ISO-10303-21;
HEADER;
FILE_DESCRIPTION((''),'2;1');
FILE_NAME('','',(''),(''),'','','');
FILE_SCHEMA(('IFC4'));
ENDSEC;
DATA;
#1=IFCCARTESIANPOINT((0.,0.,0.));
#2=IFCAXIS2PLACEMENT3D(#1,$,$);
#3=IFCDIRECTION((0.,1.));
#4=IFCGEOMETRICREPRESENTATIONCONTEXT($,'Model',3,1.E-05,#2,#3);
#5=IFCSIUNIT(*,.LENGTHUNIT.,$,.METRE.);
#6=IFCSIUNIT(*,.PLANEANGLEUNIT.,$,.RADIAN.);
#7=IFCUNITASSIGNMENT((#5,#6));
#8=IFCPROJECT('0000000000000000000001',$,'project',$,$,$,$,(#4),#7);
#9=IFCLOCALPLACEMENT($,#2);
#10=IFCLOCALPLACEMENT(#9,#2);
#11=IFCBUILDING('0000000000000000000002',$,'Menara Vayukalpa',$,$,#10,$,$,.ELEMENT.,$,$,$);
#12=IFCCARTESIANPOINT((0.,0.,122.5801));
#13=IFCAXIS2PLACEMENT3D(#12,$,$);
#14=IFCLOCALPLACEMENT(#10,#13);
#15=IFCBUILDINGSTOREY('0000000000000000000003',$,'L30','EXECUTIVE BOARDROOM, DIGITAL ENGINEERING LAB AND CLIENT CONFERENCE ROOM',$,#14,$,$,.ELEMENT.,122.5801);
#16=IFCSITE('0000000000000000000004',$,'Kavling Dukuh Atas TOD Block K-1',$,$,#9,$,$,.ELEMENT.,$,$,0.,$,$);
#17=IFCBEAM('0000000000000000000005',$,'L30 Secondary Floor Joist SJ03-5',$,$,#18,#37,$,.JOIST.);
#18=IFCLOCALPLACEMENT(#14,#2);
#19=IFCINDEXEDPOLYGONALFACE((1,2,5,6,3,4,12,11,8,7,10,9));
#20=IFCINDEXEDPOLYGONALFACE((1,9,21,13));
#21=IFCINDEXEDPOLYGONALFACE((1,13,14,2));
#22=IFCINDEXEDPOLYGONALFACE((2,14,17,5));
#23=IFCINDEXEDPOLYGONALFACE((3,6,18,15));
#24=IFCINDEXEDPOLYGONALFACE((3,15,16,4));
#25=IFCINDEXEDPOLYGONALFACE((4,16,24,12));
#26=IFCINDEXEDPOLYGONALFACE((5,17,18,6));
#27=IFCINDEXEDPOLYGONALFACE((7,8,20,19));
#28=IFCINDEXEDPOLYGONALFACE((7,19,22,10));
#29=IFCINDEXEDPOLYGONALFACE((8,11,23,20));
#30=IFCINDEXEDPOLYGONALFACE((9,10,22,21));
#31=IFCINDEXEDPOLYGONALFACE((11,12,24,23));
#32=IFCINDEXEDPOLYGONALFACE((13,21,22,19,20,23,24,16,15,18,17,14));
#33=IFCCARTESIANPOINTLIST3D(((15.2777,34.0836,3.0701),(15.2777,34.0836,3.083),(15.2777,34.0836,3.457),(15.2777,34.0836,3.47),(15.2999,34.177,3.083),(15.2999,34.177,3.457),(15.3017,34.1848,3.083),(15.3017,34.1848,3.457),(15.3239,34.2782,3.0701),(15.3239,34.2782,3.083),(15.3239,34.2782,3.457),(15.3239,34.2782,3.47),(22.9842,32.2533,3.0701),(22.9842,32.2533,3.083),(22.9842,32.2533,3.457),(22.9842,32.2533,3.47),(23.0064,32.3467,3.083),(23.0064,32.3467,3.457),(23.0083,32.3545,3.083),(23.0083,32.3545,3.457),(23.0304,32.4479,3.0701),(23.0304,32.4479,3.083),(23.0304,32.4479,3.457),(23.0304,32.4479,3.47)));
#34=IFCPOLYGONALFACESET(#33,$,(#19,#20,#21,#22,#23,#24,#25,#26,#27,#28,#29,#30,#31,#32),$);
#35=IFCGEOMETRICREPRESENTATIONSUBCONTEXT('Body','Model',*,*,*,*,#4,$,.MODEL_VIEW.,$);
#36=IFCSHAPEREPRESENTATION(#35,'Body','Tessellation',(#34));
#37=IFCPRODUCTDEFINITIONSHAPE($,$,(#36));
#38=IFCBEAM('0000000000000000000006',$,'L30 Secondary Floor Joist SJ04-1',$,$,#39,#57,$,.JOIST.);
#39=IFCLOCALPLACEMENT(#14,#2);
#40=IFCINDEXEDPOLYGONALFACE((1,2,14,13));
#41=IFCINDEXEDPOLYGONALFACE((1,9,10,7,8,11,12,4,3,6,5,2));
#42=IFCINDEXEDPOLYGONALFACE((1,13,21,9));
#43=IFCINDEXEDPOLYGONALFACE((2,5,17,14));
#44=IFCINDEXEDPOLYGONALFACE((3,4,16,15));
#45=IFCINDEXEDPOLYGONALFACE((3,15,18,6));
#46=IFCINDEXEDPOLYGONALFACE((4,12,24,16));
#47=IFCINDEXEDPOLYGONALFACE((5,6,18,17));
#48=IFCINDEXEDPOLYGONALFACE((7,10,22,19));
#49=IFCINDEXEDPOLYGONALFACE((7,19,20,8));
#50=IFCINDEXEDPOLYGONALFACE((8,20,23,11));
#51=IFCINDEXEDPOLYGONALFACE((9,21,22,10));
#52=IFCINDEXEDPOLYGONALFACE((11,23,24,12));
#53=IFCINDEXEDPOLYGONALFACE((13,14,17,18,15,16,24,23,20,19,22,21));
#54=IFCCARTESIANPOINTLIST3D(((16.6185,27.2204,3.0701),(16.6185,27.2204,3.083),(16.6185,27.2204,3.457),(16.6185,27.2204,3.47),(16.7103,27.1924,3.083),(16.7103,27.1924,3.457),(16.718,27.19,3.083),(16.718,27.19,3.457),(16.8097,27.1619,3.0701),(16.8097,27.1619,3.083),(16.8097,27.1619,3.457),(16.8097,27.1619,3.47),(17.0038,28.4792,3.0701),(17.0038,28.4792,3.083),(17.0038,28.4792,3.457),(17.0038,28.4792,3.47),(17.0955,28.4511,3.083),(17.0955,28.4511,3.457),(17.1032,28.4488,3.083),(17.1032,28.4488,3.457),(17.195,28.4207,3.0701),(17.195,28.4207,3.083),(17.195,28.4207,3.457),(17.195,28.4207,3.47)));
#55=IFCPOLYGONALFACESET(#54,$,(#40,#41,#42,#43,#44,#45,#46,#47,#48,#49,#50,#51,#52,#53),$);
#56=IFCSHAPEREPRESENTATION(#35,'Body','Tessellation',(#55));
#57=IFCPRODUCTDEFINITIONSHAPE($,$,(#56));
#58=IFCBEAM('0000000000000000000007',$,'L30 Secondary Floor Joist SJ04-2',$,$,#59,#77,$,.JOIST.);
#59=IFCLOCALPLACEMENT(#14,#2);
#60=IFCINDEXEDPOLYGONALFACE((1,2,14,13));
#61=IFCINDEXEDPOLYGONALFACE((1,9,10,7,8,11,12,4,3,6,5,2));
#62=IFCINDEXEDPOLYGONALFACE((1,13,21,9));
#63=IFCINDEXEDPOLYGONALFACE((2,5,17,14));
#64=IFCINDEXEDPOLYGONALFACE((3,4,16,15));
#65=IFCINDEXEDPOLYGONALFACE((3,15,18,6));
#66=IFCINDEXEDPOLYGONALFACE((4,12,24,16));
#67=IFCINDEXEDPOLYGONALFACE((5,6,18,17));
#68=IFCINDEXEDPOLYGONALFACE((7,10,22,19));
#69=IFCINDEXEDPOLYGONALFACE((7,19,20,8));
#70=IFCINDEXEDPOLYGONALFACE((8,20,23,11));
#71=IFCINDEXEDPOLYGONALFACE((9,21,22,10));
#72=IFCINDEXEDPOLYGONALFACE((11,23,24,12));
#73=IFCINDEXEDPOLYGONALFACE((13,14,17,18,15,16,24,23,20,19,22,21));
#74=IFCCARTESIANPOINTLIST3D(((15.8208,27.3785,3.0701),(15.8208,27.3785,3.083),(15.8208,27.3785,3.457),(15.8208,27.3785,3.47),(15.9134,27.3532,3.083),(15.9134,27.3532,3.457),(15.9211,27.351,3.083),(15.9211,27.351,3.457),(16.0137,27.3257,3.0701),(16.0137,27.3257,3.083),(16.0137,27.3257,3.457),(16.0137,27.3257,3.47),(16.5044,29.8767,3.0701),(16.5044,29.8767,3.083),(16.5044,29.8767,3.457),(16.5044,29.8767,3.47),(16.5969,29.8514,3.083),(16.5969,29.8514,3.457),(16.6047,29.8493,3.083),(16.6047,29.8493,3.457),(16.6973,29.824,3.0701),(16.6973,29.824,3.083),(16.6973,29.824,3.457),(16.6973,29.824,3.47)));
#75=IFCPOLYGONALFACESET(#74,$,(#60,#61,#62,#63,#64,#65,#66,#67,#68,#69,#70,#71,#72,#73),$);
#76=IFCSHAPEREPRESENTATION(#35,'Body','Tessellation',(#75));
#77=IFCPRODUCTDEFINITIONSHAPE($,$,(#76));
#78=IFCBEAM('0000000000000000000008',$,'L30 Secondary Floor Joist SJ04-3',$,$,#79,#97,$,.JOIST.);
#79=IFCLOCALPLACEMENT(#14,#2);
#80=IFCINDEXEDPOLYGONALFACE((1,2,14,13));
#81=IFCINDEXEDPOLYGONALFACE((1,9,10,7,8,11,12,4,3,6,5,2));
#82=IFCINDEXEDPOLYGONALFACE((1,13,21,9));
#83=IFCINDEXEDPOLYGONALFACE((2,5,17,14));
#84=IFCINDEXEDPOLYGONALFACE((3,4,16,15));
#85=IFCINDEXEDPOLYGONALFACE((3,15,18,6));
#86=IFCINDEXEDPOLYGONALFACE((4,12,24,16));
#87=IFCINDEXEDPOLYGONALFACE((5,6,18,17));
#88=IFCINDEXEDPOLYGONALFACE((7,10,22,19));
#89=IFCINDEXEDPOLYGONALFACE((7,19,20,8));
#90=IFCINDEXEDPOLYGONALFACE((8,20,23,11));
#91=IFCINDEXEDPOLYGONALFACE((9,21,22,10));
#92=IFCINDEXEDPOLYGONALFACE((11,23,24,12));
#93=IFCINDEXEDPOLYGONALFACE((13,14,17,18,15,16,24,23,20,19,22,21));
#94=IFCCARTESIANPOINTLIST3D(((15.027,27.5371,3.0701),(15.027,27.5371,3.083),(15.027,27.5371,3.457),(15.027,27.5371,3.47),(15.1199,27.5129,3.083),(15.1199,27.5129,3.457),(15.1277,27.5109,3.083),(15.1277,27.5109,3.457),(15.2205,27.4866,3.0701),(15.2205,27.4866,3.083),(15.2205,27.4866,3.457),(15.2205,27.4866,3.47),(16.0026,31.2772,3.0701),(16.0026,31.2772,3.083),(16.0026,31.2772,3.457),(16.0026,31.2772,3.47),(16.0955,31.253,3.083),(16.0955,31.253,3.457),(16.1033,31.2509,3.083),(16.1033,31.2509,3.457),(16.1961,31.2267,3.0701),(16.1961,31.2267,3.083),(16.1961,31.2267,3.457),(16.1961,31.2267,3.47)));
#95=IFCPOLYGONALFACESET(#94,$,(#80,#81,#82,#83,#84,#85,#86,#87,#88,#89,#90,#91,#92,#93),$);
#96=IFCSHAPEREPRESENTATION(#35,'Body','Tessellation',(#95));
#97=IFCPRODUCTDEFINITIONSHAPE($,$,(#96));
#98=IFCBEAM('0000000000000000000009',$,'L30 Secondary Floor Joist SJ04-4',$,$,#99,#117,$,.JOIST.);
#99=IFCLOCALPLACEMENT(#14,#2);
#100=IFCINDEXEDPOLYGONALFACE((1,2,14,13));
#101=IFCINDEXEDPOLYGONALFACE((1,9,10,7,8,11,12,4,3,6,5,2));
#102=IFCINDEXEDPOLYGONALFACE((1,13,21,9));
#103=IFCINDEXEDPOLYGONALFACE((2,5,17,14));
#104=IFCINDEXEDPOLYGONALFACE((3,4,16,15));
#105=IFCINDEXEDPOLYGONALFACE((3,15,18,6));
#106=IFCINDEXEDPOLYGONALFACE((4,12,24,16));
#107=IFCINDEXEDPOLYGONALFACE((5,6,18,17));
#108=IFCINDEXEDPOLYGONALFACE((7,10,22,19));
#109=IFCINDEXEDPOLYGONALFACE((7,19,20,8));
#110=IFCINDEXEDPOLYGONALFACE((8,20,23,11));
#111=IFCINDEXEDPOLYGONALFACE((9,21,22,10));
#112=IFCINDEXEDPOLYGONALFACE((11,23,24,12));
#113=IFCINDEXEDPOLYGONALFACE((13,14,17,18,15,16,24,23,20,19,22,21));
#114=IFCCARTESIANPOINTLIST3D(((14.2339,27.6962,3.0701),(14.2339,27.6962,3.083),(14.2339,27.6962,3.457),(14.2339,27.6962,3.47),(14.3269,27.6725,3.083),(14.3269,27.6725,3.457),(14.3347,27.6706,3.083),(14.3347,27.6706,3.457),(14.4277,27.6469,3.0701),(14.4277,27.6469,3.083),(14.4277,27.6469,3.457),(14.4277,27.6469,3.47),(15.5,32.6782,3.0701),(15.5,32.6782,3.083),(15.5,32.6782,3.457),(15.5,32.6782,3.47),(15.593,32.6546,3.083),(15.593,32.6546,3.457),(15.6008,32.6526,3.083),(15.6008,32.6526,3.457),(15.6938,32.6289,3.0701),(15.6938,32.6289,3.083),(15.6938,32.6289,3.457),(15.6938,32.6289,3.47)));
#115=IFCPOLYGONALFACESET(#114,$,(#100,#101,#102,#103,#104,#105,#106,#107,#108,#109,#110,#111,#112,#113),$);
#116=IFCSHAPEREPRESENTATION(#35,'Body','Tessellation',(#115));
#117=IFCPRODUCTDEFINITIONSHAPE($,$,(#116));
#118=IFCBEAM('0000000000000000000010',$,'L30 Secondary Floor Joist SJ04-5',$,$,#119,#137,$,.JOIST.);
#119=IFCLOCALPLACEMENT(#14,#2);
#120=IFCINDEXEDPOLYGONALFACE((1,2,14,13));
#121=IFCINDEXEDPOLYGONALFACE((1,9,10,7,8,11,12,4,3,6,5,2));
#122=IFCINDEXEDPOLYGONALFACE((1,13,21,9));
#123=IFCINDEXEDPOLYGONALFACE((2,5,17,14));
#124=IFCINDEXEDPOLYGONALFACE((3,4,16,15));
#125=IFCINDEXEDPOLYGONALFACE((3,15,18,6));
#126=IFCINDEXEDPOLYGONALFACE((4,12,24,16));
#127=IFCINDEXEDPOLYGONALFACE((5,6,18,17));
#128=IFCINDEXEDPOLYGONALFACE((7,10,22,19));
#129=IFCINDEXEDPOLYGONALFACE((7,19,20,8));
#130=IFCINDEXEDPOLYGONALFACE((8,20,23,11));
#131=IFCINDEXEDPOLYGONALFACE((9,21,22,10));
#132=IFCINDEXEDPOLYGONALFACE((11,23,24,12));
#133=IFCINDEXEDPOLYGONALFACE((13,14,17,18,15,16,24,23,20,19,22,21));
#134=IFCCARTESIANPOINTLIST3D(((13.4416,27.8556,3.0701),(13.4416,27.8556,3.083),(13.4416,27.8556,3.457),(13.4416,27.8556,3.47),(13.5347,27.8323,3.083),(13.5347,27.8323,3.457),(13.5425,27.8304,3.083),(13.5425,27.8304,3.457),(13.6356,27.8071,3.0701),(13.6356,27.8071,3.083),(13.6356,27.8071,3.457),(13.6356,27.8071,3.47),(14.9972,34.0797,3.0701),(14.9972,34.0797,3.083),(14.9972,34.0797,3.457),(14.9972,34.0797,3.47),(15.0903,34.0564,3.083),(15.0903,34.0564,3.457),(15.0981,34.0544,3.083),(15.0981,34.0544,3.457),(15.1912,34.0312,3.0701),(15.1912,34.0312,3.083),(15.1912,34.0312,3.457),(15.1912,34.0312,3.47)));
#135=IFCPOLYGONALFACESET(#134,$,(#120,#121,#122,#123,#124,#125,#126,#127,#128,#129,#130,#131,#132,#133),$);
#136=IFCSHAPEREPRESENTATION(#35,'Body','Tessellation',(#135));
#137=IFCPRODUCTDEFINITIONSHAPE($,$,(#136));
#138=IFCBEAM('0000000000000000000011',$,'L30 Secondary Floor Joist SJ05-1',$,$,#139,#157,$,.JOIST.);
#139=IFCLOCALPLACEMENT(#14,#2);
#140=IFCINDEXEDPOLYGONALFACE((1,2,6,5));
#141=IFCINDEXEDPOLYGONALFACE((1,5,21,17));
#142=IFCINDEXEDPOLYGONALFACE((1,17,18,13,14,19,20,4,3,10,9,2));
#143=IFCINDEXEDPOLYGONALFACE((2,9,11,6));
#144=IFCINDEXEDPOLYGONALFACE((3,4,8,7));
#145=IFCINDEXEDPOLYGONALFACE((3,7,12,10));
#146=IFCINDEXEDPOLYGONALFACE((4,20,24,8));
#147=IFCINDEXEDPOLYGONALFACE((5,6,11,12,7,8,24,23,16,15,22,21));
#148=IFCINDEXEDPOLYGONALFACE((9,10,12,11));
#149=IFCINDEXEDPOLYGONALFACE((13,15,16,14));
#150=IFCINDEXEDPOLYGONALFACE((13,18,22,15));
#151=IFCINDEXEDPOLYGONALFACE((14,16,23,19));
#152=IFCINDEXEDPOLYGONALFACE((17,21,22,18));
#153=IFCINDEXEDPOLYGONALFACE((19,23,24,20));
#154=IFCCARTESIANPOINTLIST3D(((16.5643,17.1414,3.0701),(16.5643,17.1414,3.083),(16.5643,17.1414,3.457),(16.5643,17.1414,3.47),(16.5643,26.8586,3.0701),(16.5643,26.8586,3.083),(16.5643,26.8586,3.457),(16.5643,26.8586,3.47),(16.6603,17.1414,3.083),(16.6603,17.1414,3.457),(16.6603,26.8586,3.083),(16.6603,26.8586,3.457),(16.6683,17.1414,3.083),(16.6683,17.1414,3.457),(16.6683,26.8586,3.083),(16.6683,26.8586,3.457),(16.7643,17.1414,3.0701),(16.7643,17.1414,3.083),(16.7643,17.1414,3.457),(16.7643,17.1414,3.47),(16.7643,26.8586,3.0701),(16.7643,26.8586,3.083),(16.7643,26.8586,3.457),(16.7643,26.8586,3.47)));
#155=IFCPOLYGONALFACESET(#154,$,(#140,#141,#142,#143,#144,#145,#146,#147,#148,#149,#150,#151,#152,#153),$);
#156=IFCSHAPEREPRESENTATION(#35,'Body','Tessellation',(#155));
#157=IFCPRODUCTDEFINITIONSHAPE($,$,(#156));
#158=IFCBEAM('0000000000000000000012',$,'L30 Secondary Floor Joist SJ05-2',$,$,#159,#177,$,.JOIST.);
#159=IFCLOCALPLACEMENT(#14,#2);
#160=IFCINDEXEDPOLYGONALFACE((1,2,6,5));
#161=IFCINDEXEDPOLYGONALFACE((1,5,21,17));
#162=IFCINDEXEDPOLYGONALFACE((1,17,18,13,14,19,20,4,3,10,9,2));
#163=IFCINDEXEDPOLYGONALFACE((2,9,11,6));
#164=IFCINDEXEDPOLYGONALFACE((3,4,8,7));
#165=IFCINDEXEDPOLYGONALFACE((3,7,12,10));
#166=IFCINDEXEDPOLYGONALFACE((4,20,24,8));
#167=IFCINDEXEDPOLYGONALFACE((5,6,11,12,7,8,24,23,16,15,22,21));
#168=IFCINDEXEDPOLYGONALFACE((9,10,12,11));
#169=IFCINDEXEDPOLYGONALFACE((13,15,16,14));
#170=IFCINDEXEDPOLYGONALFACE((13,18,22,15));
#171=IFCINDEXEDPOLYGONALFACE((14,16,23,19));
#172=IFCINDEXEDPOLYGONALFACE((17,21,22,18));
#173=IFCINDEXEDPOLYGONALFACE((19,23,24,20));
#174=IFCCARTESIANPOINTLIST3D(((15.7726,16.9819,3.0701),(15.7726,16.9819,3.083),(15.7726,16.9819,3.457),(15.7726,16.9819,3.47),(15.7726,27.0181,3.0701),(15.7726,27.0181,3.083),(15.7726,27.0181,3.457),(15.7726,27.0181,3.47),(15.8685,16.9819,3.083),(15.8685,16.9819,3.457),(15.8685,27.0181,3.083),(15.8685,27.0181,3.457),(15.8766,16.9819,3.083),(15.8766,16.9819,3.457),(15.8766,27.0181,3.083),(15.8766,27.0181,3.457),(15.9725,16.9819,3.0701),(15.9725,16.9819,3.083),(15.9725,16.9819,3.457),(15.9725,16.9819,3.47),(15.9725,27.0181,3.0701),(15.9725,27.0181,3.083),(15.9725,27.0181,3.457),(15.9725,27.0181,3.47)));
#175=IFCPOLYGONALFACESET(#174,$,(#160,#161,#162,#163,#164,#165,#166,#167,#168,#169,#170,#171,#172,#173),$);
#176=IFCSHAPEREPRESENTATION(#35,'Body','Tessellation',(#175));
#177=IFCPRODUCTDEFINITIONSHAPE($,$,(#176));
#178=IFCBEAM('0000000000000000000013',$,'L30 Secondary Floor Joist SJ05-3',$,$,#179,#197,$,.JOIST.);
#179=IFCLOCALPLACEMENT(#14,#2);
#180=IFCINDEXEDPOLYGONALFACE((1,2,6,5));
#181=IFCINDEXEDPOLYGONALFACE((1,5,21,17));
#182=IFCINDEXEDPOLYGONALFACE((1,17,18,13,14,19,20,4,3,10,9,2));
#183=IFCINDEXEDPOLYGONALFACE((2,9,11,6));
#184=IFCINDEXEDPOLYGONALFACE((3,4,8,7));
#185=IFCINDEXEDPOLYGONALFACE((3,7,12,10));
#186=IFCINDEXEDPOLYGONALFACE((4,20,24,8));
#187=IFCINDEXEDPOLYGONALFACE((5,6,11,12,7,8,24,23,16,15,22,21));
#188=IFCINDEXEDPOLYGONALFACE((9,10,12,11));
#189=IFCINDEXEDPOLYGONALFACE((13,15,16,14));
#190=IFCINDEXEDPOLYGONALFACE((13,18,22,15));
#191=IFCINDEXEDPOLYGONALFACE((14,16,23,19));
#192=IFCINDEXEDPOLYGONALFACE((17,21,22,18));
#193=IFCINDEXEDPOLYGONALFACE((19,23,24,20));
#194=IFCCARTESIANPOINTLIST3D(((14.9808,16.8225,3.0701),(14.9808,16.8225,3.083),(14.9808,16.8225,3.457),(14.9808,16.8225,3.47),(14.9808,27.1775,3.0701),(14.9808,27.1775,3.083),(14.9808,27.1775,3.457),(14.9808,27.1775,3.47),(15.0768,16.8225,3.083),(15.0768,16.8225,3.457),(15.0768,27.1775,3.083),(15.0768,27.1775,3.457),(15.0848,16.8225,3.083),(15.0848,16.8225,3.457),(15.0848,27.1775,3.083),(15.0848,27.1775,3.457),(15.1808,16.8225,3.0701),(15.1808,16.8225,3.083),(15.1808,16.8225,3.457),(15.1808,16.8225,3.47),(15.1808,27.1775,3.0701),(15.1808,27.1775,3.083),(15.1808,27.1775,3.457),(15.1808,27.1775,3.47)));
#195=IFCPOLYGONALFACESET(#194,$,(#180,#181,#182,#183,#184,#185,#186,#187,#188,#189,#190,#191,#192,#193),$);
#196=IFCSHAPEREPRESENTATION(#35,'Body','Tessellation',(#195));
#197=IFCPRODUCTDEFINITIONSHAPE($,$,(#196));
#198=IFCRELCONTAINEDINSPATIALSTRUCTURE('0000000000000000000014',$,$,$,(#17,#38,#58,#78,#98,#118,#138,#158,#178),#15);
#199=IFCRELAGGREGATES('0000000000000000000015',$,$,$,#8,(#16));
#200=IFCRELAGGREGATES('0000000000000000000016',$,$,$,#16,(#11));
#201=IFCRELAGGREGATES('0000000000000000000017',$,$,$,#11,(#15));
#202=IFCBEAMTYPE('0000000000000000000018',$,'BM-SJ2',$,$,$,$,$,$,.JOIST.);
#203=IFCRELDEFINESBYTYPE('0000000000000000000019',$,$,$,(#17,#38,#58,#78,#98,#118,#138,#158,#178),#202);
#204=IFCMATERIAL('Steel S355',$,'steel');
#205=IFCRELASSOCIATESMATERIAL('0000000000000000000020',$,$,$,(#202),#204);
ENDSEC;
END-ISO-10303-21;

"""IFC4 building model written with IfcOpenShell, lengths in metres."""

from ifc_helpers import new_model, si_unit, direction, frame, origin, origin_2d, place, context, subcontext, project, spatial, i_section, extrude, material, material_profile, profile_set, type_object, element, save


model = new_model("IFC4")

# Units and contexts
model_context = context("Model", 3, precision=1e-05, world=origin(), true_north=direction((0.0, 1.0)))
body_context = subcontext(model_context, "Body", "Model", "MODEL_VIEW")
ifc_project = project(units=[si_unit("LENGTHUNIT", "METRE"), si_unit("PLANEANGLEUNIT", "RADIAN")], contexts=[model_context])

# Site, building, storey
site_placement = place(None, origin())
site = spatial("IfcSite", under=ifc_project, at=site_placement, Name="Kavling Dukuh Atas TOD Block K-1", CompositionType="ELEMENT", RefElevation=0.0)
building_placement = place(site_placement, origin())
building = spatial("IfcBuilding", under=site, at=building_placement, Name="Menara Vayukalpa", CompositionType="ELEMENT")
storey_placement = place(building_placement, frame((0.0, 0.0, 122.5801)))
storey = spatial("IfcBuildingStorey", under=building, at=storey_placement, Name="L30", Description="EXECUTIVE BOARDROOM, DIGITAL ENGINEERING LAB AND CLIENT CONFERENCE ROOM", CompositionType="ELEMENT", Elevation=122.5801)

# Beams
ifc_material_1 = material(Name="Steel S355", Category="steel")
ifc_material_profile_1 = material_profile(ifc_material_1, i_section(OverallWidth=0.2, OverallDepth=0.3999, WebThickness=0.0081, FlangeThickness=0.0129, at=origin_2d()), Name="WF 400x200x8x13")
ifc_profile_set_1 = profile_set([ifc_material_profile_1], Name="Steel S355")
beam_type_1 = type_object("IfcBeamType", Name="BM-SJ2", PredefinedType="JOIST", material=ifc_profile_set_1)
beam_1_placement = place(storey_placement, frame((23.0073, 32.3506, 3.27), z_axis=(-0.972936, 0.231075, 0.0), x_axis=(-0.231075, -0.972936, 0.0)))
element("IfcBeam", 1, at=beam_1_placement, inside=storey, type_object=beam_type_1, Name="L30 Secondary Floor Joist SJ03-5", PredefinedType="JOIST", context=body_context, shape_type="SweptSolid", body=[
    extrude(i_section(OverallWidth=0.2, OverallDepth=0.3999, WebThickness=0.0081, FlangeThickness=0.0129, at=origin_2d()), origin(), (0.0, 0.0, 1.0), 7.9209),
])
beam_2_placement = place(storey_placement, frame((17.0994, 28.45, 3.27), z_axis=(-0.292652, -0.956219, 0.0), x_axis=(0.956219, -0.292652, 0.0)))
element("IfcBeam", 2, at=beam_2_placement, inside=storey, type_object=beam_type_1, Name="L30 Secondary Floor Joist SJ04-1", PredefinedType="JOIST", context=body_context, shape_type="SweptSolid", body=[
    extrude(i_section(OverallWidth=0.2, OverallDepth=0.3999, WebThickness=0.0081, FlangeThickness=0.0129, at=origin_2d()), origin(), (0.0, 0.0, 1.0), 1.3164),
])
beam_3_placement = place(storey_placement, frame((16.6008, 29.8503, 3.27), z_axis=(-0.263923, -0.964544, 0.0), x_axis=(0.964544, -0.263923, 0.0)))
element("IfcBeam", 3, at=beam_3_placement, inside=storey, type_object=beam_type_1, Name="L30 Secondary Floor Joist SJ04-2", PredefinedType="JOIST", context=body_context, shape_type="SweptSolid", body=[
    extrude(i_section(OverallWidth=0.2, OverallDepth=0.3999, WebThickness=0.0081, FlangeThickness=0.0129, at=origin_2d()), origin(), (0.0, 0.0, 1.0), 2.5901),
])
beam_4_placement = place(storey_placement, frame((16.0994, 31.252, 3.27), z_axis=(-0.252406, -0.967621, 0.0), x_axis=(0.967621, -0.252406, 0.0)))
element("IfcBeam", 4, at=beam_4_placement, inside=storey, type_object=beam_type_1, Name="L30 Secondary Floor Joist SJ04-3", PredefinedType="JOIST", context=body_context, shape_type="SweptSolid", body=[
    extrude(i_section(OverallWidth=0.2, OverallDepth=0.3999, WebThickness=0.0081, FlangeThickness=0.0129, at=origin_2d()), origin(), (0.0, 0.0, 1.0), 3.8652),
])
beam_5_placement = place(storey_placement, frame((15.5969, 32.6536, 3.27), z_axis=(-0.246311, -0.969191, 0.0), x_axis=(0.969191, -0.246311, 0.0)))
element("IfcBeam", 5, at=beam_5_placement, inside=storey, type_object=beam_type_1, Name="L30 Secondary Floor Joist SJ04-4", PredefinedType="JOIST", context=body_context, shape_type="SweptSolid", body=[
    extrude(i_section(OverallWidth=0.2, OverallDepth=0.3999, WebThickness=0.0081, FlangeThickness=0.0129, at=origin_2d()), origin(), (0.0, 0.0, 1.0), 5.1404),
])
beam_6_placement = place(storey_placement, frame((15.0942, 34.0554, 3.27), z_axis=(-0.242482, -0.970156, 0.0), x_axis=(0.970156, -0.242482, 0.0)))
element("IfcBeam", 6, at=beam_6_placement, inside=storey, type_object=beam_type_1, Name="L30 Secondary Floor Joist SJ04-5", PredefinedType="JOIST", context=body_context, shape_type="SweptSolid", body=[
    extrude(i_section(OverallWidth=0.2, OverallDepth=0.3999, WebThickness=0.0081, FlangeThickness=0.0129, at=origin_2d()), origin(), (0.0, 0.0, 1.0), 6.4155),
])
beam_7_placement = place(storey_placement, frame((16.6643, 26.8586, 3.27), z_axis=(0.0, -1.0, 0.0), x_axis=(1.0, 0.0, 0.0)))
element("IfcBeam", 7, at=beam_7_placement, inside=storey, type_object=beam_type_1, Name="L30 Secondary Floor Joist SJ05-1", PredefinedType="JOIST", context=body_context, shape_type="SweptSolid", body=[
    extrude(i_section(OverallWidth=0.2, OverallDepth=0.3999, WebThickness=0.0081, FlangeThickness=0.0129, at=origin_2d()), origin(), (0.0, 0.0, 1.0), 9.7173),
])
beam_8_placement = place(storey_placement, frame((15.8726, 27.0181, 3.27), z_axis=(0.0, -1.0, 0.0), x_axis=(1.0, 0.0, 0.0)))
element("IfcBeam", 8, at=beam_8_placement, inside=storey, type_object=beam_type_1, Name="L30 Secondary Floor Joist SJ05-2", PredefinedType="JOIST", context=body_context, shape_type="SweptSolid", body=[
    extrude(i_section(OverallWidth=0.2, OverallDepth=0.3999, WebThickness=0.0081, FlangeThickness=0.0129, at=origin_2d()), origin(), (0.0, 0.0, 1.0), 10.0361),
])
beam_9_placement = place(storey_placement, frame((15.0808, 27.1775, 3.27), z_axis=(0.0, -1.0, 0.0), x_axis=(1.0, 0.0, 0.0)))
element("IfcBeam", 9, at=beam_9_placement, inside=storey, type_object=beam_type_1, Name="L30 Secondary Floor Joist SJ05-3", PredefinedType="JOIST", context=body_context, shape_type="SweptSolid", body=[
    extrude(i_section(OverallWidth=0.2, OverallDepth=0.3999, WebThickness=0.0081, FlangeThickness=0.0129, at=origin_2d()), origin(), (0.0, 0.0, 1.0), 10.355),
])

save(model, "model.ifc")
